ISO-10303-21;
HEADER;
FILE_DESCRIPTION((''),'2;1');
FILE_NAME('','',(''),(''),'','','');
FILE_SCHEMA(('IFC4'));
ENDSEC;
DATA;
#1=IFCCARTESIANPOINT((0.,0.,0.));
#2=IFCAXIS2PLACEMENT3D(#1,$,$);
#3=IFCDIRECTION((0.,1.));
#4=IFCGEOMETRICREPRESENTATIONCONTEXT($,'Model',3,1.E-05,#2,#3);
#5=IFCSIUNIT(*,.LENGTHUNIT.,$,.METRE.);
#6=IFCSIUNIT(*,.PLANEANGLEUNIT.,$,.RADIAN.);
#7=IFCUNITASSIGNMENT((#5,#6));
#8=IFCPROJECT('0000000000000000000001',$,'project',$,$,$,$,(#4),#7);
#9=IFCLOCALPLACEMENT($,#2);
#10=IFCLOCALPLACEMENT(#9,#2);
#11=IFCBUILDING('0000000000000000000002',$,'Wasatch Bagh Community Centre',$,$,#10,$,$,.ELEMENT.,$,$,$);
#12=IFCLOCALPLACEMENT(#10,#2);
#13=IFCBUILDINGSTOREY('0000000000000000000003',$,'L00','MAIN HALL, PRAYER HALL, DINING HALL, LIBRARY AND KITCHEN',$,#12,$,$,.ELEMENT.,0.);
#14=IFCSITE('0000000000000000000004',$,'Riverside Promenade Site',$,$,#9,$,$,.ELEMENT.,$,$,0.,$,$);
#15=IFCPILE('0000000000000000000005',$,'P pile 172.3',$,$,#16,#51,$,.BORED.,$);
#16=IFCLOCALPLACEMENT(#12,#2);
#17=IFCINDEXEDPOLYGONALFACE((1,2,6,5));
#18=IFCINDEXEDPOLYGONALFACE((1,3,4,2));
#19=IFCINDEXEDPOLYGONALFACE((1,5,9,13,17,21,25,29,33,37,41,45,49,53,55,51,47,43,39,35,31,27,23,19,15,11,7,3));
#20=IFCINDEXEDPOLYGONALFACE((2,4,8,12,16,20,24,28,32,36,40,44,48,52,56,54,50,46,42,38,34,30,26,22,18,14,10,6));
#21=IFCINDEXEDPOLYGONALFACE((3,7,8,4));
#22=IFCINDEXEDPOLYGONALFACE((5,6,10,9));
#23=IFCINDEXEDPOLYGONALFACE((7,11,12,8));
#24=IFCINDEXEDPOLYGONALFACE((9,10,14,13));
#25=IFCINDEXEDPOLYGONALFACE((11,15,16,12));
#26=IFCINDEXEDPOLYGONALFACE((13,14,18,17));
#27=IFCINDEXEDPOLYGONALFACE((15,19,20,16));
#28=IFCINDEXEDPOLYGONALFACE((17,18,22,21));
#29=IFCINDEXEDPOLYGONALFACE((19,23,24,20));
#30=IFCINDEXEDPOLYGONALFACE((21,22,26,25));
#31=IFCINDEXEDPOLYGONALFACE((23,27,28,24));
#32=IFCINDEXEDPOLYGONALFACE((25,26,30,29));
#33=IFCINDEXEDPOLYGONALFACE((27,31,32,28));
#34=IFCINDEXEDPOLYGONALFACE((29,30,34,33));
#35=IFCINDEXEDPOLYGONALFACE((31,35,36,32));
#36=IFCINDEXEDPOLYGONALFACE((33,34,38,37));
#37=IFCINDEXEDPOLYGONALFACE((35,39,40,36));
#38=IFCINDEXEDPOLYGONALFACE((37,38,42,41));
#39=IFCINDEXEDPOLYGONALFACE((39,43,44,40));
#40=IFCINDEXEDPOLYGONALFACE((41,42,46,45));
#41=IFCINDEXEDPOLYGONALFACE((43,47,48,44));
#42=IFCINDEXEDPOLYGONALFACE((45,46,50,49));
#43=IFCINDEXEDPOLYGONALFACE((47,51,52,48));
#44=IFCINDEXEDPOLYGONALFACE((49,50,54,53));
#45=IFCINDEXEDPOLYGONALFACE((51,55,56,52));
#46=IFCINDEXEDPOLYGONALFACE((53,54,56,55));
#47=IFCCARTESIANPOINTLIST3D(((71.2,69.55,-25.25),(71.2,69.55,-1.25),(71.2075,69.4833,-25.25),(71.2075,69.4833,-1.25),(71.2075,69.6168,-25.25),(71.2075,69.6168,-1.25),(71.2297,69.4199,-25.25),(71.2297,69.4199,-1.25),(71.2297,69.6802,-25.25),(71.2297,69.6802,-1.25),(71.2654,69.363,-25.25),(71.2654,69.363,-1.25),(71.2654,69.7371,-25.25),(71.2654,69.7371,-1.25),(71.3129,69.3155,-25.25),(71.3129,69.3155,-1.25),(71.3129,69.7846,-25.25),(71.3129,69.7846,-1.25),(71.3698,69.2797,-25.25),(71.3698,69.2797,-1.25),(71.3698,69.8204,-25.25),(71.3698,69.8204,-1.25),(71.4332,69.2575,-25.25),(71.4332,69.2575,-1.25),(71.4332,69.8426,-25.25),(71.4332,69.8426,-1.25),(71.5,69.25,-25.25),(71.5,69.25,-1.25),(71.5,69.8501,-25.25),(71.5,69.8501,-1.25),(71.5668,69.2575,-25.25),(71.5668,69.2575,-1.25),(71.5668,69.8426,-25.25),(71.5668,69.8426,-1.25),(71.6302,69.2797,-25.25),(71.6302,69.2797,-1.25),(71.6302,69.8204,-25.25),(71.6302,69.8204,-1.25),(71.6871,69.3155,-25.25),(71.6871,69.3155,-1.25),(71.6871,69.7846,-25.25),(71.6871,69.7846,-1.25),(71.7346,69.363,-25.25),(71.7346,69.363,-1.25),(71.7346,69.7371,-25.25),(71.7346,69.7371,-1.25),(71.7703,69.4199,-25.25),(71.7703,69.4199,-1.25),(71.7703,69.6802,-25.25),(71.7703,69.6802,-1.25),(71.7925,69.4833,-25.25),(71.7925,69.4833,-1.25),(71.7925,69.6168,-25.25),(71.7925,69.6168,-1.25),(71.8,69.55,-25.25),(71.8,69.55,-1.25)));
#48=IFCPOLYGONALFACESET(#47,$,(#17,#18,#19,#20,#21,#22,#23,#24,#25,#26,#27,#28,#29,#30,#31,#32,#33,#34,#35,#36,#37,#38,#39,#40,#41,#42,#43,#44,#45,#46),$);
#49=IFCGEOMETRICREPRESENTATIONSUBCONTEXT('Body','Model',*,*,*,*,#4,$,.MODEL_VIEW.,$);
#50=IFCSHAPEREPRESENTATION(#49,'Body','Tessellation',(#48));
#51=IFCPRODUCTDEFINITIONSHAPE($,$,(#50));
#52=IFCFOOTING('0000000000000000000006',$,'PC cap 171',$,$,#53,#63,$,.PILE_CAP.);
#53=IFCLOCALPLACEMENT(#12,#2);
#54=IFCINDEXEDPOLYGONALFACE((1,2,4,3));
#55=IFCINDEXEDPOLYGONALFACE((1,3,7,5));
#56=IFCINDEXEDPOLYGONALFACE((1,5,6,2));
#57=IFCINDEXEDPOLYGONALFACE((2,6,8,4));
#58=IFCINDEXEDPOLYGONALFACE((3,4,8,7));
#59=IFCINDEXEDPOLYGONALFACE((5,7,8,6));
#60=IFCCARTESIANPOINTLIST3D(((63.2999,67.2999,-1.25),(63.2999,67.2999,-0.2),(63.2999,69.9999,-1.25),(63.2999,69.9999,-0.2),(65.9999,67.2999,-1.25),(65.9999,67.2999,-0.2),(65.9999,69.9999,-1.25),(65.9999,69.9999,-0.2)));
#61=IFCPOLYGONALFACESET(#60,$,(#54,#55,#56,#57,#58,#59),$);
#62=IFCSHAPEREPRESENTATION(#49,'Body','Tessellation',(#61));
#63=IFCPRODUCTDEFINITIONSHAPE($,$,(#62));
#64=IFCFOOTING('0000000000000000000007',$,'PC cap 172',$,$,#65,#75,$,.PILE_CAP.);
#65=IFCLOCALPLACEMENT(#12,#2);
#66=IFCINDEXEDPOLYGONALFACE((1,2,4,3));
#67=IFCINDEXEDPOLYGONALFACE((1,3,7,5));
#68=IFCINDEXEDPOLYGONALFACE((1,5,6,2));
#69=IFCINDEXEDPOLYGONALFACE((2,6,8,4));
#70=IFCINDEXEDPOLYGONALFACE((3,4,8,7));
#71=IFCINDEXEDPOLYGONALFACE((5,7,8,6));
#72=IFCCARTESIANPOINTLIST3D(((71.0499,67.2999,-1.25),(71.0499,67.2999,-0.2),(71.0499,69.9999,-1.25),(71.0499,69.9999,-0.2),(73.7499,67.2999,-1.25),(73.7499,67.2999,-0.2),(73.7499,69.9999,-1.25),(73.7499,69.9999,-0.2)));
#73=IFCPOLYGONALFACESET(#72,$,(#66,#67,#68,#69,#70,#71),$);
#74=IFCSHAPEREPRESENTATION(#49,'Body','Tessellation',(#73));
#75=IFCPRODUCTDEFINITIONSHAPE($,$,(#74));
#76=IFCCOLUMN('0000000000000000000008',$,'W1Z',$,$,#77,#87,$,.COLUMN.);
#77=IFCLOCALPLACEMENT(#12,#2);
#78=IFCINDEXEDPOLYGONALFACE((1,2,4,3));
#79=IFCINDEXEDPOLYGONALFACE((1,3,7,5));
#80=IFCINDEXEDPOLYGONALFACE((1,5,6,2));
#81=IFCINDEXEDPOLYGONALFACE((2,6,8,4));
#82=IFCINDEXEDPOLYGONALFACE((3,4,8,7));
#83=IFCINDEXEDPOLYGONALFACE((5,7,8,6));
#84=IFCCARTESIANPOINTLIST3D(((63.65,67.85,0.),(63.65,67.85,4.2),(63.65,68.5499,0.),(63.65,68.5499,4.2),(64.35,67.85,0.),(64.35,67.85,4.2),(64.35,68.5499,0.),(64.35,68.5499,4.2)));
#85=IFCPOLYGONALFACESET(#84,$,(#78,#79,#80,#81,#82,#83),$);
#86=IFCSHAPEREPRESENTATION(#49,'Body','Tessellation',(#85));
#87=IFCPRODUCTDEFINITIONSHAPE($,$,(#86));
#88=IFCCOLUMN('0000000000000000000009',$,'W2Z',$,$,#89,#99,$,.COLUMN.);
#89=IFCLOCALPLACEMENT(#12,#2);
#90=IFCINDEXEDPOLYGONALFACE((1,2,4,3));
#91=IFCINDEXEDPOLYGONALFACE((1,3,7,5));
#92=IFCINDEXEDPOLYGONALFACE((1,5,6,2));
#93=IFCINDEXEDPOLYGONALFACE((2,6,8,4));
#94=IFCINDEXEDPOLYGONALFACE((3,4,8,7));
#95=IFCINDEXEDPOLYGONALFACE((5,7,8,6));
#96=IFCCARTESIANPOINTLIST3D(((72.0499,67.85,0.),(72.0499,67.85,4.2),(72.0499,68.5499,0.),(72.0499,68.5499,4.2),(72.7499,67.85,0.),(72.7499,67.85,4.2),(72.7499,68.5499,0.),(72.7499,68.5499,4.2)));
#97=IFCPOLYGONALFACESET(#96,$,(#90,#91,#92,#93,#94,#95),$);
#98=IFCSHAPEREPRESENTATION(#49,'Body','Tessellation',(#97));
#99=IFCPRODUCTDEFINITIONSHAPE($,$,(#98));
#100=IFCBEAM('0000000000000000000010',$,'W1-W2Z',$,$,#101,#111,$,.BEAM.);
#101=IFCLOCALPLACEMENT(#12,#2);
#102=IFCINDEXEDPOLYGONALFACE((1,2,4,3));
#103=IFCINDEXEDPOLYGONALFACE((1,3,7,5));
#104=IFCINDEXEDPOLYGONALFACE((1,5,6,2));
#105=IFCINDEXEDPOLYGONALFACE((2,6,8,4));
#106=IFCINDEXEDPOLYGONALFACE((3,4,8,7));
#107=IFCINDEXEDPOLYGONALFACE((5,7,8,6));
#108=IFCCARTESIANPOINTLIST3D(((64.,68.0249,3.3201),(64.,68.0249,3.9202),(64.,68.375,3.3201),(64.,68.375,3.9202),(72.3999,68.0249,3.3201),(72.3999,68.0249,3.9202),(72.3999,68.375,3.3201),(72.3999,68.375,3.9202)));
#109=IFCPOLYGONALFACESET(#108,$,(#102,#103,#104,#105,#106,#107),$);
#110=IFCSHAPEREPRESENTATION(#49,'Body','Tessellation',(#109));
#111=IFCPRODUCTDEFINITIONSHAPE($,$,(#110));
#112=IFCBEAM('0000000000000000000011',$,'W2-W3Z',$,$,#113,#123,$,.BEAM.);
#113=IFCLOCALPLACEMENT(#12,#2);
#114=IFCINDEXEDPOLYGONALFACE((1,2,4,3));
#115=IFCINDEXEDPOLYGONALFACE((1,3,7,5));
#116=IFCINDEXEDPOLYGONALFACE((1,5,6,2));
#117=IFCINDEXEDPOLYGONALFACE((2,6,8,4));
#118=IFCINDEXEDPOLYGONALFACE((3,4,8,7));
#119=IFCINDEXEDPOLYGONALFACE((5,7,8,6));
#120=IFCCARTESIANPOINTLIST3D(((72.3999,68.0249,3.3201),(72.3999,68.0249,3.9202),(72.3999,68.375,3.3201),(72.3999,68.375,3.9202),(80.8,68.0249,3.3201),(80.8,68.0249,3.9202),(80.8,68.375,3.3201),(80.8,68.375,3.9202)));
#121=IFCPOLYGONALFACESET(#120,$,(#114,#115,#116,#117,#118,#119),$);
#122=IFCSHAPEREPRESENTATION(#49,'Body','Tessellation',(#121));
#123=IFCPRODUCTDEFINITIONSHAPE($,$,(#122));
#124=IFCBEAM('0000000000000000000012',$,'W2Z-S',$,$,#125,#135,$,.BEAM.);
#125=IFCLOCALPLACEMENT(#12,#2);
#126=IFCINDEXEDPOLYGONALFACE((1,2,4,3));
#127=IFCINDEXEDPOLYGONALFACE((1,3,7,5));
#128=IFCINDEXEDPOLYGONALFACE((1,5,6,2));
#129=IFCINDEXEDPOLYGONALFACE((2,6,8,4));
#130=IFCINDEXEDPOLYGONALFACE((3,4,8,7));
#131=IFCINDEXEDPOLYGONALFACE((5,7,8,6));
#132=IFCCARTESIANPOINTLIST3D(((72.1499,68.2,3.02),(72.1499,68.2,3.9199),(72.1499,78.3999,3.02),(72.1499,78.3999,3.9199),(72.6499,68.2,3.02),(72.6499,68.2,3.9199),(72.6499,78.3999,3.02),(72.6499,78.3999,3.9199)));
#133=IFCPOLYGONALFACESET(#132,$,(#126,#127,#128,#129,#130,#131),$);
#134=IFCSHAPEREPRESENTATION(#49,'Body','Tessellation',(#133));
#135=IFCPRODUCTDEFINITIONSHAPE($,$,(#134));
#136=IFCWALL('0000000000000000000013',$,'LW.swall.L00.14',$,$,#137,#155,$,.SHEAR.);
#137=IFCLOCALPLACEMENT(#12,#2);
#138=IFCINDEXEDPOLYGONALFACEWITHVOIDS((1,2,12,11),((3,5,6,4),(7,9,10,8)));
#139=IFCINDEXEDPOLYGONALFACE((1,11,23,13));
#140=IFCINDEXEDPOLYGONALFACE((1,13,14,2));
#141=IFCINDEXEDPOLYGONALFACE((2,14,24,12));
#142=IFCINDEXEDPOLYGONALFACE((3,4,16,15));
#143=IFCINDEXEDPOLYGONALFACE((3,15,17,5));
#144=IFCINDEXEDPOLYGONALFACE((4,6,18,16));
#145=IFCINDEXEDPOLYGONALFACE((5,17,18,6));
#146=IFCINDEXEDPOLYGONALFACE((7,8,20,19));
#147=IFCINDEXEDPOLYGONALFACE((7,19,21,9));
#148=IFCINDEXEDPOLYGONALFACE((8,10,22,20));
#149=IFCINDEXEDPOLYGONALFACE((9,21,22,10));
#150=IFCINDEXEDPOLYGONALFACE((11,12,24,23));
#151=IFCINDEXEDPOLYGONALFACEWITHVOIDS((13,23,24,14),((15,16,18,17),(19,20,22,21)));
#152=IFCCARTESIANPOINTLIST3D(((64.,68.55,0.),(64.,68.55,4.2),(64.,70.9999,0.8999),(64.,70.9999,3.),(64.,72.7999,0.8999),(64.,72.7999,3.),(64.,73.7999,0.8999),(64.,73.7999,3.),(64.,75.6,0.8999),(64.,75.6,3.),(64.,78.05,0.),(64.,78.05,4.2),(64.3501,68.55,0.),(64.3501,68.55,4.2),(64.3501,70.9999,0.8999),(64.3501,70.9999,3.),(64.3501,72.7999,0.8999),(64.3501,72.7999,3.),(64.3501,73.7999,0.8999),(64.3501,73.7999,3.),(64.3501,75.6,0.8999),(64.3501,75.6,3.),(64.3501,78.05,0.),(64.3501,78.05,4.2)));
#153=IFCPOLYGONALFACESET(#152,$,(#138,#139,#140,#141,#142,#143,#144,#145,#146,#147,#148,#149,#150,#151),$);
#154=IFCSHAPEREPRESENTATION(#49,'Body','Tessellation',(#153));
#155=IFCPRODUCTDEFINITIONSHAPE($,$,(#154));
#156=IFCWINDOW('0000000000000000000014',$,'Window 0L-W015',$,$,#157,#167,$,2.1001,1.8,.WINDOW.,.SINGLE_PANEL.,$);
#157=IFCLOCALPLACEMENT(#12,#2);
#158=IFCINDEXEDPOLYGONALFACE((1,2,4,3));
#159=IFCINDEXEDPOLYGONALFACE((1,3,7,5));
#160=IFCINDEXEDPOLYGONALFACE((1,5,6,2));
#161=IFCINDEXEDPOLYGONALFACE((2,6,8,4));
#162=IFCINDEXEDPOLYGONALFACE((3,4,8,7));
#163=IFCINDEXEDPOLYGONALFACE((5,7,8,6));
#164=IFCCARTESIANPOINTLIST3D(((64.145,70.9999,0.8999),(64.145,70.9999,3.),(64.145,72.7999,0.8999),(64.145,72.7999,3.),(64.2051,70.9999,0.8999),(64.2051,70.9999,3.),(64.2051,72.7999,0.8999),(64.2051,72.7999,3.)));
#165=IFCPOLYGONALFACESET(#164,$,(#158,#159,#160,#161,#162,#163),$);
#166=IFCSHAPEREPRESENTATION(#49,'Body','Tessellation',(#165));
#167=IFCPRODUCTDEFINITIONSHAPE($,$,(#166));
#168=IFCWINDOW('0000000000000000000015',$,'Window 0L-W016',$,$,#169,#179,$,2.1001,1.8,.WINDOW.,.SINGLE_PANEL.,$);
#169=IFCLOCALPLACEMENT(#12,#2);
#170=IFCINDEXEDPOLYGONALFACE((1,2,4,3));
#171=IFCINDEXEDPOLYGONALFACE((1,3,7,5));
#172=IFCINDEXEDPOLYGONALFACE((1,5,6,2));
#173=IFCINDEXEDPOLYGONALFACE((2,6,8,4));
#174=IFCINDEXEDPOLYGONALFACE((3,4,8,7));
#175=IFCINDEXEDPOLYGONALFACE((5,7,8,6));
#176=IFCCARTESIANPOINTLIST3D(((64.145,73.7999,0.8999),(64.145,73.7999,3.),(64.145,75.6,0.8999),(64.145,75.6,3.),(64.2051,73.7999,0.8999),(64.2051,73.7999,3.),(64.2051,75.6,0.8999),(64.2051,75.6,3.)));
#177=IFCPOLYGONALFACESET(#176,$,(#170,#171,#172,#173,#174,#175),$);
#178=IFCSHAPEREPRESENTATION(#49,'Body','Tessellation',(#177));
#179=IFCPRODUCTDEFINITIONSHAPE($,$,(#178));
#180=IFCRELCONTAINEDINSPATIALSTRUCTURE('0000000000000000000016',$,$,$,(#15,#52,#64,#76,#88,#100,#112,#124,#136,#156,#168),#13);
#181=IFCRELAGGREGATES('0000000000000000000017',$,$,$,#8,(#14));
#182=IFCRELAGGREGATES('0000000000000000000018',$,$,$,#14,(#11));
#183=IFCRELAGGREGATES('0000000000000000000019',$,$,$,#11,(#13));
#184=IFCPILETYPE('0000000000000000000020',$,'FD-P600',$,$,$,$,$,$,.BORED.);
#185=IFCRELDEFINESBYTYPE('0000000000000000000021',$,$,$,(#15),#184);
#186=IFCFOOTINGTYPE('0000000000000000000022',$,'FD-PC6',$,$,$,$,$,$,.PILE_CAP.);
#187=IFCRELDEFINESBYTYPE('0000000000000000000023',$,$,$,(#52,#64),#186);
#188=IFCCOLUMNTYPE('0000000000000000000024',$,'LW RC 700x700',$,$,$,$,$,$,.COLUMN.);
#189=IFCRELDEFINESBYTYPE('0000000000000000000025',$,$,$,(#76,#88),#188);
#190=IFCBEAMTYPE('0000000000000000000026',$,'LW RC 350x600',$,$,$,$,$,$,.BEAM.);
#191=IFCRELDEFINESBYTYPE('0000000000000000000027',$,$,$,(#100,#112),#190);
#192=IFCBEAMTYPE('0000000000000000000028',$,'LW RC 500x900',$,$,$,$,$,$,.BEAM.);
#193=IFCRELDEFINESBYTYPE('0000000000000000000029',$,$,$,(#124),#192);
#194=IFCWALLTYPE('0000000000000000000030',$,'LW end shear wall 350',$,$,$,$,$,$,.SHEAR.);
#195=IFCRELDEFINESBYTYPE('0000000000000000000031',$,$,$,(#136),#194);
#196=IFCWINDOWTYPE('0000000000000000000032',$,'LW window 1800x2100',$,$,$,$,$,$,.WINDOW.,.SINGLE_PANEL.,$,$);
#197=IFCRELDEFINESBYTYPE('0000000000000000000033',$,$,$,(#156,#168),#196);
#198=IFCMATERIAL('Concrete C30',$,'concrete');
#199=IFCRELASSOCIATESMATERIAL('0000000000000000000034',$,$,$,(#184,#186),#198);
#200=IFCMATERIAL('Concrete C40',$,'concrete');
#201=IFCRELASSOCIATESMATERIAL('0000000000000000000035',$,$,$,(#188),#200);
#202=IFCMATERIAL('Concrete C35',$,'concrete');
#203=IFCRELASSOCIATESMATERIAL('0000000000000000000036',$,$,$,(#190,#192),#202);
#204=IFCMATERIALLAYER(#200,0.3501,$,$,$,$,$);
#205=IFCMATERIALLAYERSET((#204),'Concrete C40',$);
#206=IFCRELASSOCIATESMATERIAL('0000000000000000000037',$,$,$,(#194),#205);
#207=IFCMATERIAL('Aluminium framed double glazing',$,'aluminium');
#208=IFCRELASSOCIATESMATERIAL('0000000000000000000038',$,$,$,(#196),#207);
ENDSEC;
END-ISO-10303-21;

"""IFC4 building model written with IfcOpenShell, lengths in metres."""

from ifc_helpers import new_model, si_unit, direction, frame, frame_2d, origin, origin_2d, place, context, subcontext, project, spatial, rectangle, circle, extrude, material, layer, layer_set, material_profile, profile_set, type_object, element, fill, save


model = new_model("IFC4")

# Units and contexts
model_context = context("Model", 3, precision=1e-05, world=origin(), true_north=direction((0.0, 1.0)))
body_context = subcontext(model_context, "Body", "Model", "MODEL_VIEW")
ifc_project = project(units=[si_unit("LENGTHUNIT", "METRE"), si_unit("PLANEANGLEUNIT", "RADIAN")], contexts=[model_context])

# Site, building, storey
site_placement = place(None, origin())
site = spatial("IfcSite", under=ifc_project, at=site_placement, Name="Riverside Promenade Site", CompositionType="ELEMENT", RefElevation=0.0)
building_placement = place(site_placement, origin())
building = spatial("IfcBuilding", under=site, at=building_placement, Name="Wasatch Bagh Community Centre", CompositionType="ELEMENT")
storey_placement = place(building_placement, origin())
storey = spatial("IfcBuildingStorey", under=building, at=storey_placement, Name="L00", Description="MAIN HALL, PRAYER HALL, DINING HALL, LIBRARY AND KITCHEN", CompositionType="ELEMENT", Elevation=0.0)

# Shared definitions
ifc_material_1 = material(Name="Concrete C35", Category="concrete")

# Pile
ifc_material_2 = material(Name="Concrete C30", Category="concrete")
ifc_material_profile_1 = material_profile(ifc_material_2, circle(Radius=0.3, at=origin_2d()), Name="RC D600")
ifc_profile_set_1 = profile_set([ifc_material_profile_1], Name="Concrete C30")
pile_type = type_object("IfcPileType", Name="FD-P600", PredefinedType="BORED", material=ifc_profile_set_1)
for number, where, z_axis, x_axis, name in (
    (1, (71.5, 69.55, -1.25), (0.0, 0.0, -1.0), (1.0, 0.0, 0.0), "P pile 172.3"),
):
    element("IfcPile", number, at=place(storey_placement, frame(where, z_axis=z_axis, x_axis=x_axis)), inside=storey, type_object=pile_type, Name=name, PredefinedType="BORED", context=body_context, shape_type="SweptSolid", body=[
        extrude(circle(Radius=0.3, at=origin_2d()), origin(), (0.0, 0.0, 1.0), 24.0),
    ])

# Footings
footing_type_1 = type_object("IfcFootingType", Name="FD-PC6", PredefinedType="PILE_CAP", material=ifc_material_2)
for number, where, z_axis, x_axis, name in (
    (2, (64.6499, 68.6499, -1.25), (0.0, 0.0, 1.0), (1.0, 0.0, 0.0), "PC cap 171"),
    (3, (72.3999, 68.6499, -1.25), (0.0, 0.0, 1.0), (1.0, 0.0, 0.0), "PC cap 172"),
):
    element("IfcFooting", number, at=place(storey_placement, frame(where, z_axis=z_axis, x_axis=x_axis)), inside=storey, type_object=footing_type_1, Name=name, PredefinedType="PILE_CAP", context=body_context, shape_type="SweptSolid", body=[
        extrude(rectangle(XDim=2.7, YDim=2.7, at=origin_2d()), origin(), (0.0, 0.0, 1.0), 1.05),
    ])

# Columns
ifc_material_3 = material(Name="Concrete C40", Category="concrete")
ifc_material_profile_2 = material_profile(ifc_material_3, rectangle(XDim=0.7, YDim=0.7, at=origin_2d()), Name="RC 700x700")
ifc_profile_set_2 = profile_set([ifc_material_profile_2], Name="Concrete C40")
column_type = type_object("IfcColumnType", Name="LW RC 700x700", PredefinedType="COLUMN", material=ifc_profile_set_2)
for number, where, z_axis, x_axis, name in (
    (4, (64.0, 68.2, 0.0), (0.0, 0.0, 1.0), (1.0, 0.0, 0.0), "W1Z"),
    (5, (72.3999, 68.2, 0.0), (0.0, 0.0, 1.0), (1.0, 0.0, 0.0), "W2Z"),
):
    element("IfcColumn", number, at=place(storey_placement, frame(where, z_axis=z_axis, x_axis=x_axis)), inside=storey, type_object=column_type, Name=name, PredefinedType="COLUMN", context=body_context, shape_type="SweptSolid", body=[
        extrude(rectangle(XDim=0.7, YDim=0.7, at=origin_2d()), origin(), (0.0, 0.0, 1.0), 4.2),
    ])

# Beams
ifc_material_profile_3 = material_profile(ifc_material_1, rectangle(XDim=0.3501, YDim=0.6001, at=origin_2d()), Name="RC 350x600")
ifc_profile_set_3 = profile_set([ifc_material_profile_3], Name="Concrete C35")
beam_type_1 = type_object("IfcBeamType", Name="LW RC 350x600", PredefinedType="BEAM", material=ifc_profile_set_3)
beam_1_placement = place(storey_placement, frame((64.0, 68.2, 3.6201), z_axis=(1.0, 0.0, 0.0), x_axis=(0.0, 1.0, 0.0)))
element("IfcBeam", 6, at=beam_1_placement, inside=storey, type_object=beam_type_1, Name="W1-W2Z", PredefinedType="BEAM", context=body_context, shape_type="SweptSolid", body=[
    extrude(rectangle(XDim=0.3501, YDim=0.6001, at=origin_2d()), origin(), (0.0, 0.0, 1.0), 8.3999),
])
beam_2_placement = place(storey_placement, frame((72.3999, 68.2, 3.6201), z_axis=(1.0, 0.0, 0.0), x_axis=(0.0, 1.0, 0.0)))
element("IfcBeam", 7, at=beam_2_placement, inside=storey, type_object=beam_type_1, Name="W2-W3Z", PredefinedType="BEAM", context=body_context, shape_type="SweptSolid", body=[
    extrude(rectangle(XDim=0.3501, YDim=0.6001, at=origin_2d()), origin(), (0.0, 0.0, 1.0), 8.4001),
])
ifc_material_profile_4 = material_profile(ifc_material_1, rectangle(XDim=0.5, YDim=0.8999, at=origin_2d()), Name="RC 500x900")
ifc_profile_set_4 = profile_set([ifc_material_profile_4], Name="Concrete C35")
beam_type_2 = type_object("IfcBeamType", Name="LW RC 500x900", PredefinedType="BEAM", material=ifc_profile_set_4)
beam_3_placement = place(storey_placement, frame((72.3999, 68.2, 3.47), z_axis=(0.0, 1.0, 0.0), x_axis=(-1.0, 0.0, 0.0)))
element("IfcBeam", 8, at=beam_3_placement, inside=storey, type_object=beam_type_2, Name="W2Z-S", PredefinedType="BEAM", context=body_context, shape_type="SweptSolid", body=[
    extrude(rectangle(XDim=0.5, YDim=0.8999, at=origin_2d()), origin(), (0.0, 0.0, 1.0), 10.2),
])

# Wall, openings, windows
ifc_layer_1 = layer(ifc_material_3, 0.3501)
ifc_layer_set_1 = layer_set([ifc_layer_1], Name="Concrete C40")
wall_type_1 = type_object("IfcWallType", Name="LW end shear wall 350", PredefinedType="SHEAR", material=ifc_layer_set_1)
wall_1_placement = place(storey_placement, frame((64.175, 68.55, 0.0), z_axis=(0.0, 0.0, 1.0), x_axis=(0.0, 1.0, 0.0)))
wall_1 = element("IfcWall", 9, at=wall_1_placement, inside=storey, type_object=wall_type_1, Name="LW.swall.L00.14", PredefinedType="SHEAR", context=body_context, shape_type="SweptSolid", body=[
    extrude(rectangle(XDim=9.5, YDim=0.3501, at=frame_2d((4.75, 0.0))), origin(), (0.0, 0.0, 1.0), 4.2),
])
opening_1_placement = place(wall_1_placement, frame((2.45, 0.0, 0.8999)))
opening_1 = element("IfcOpeningElement", 10, at=opening_1_placement, cuts=wall_1, PredefinedType="OPENING", context=body_context, shape_type="SweptSolid", body=[
    extrude(rectangle(XDim=1.8, YDim=2.1001, at=frame_2d((0.8999, 1.05))), frame((0.0, 0.1851, 0.0), z_axis=(0.0, -1.0, 0.0), x_axis=(1.0, 0.0, 0.0)), (0.0, 0.0, 1.0), 0.3701),
])
opening_2_placement = place(wall_1_placement, frame((5.25, 0.0, 0.8999)))
opening_2 = element("IfcOpeningElement", 11, at=opening_2_placement, cuts=wall_1, PredefinedType="OPENING", context=body_context, shape_type="SweptSolid", body=[
    extrude(rectangle(XDim=1.8, YDim=2.1001, at=frame_2d((0.8999, 1.05))), frame((0.0, 0.1851, 0.0), z_axis=(0.0, -1.0, 0.0), x_axis=(1.0, 0.0, 0.0)), (0.0, 0.0, 1.0), 0.3701),
])
ifc_material_4 = material(Name="Aluminium framed double glazing", Category="aluminium")
window_type_1 = type_object("IfcWindowType", Name="LW window 1800x2100", PartitioningType="SINGLE_PANEL", PredefinedType="WINDOW", material=ifc_material_4)
window_1_placement = place(opening_1_placement, origin())
window_1 = element("IfcWindow", 12, at=window_1_placement, inside=storey, type_object=window_type_1, Name="Window 0L-W015", OverallHeight=2.1001, OverallWidth=1.8, PartitioningType="SINGLE_PANEL", PredefinedType="WINDOW", context=body_context, shape_type="SweptSolid", body=[
    extrude(rectangle(XDim=1.8, YDim=2.1001, at=frame_2d((0.8999, 1.05))), frame((0.0, 0.03, 0.0), z_axis=(0.0, -1.0, 0.0), x_axis=(1.0, 0.0, 0.0)), (0.0, 0.0, 1.0), 0.0601),
])
fill(opening_1, window_1)
window_2_placement = place(opening_2_placement, origin())
window_2 = element("IfcWindow", 13, at=window_2_placement, inside=storey, type_object=window_type_1, Name="Window 0L-W016", OverallHeight=2.1001, OverallWidth=1.8, PartitioningType="SINGLE_PANEL", PredefinedType="WINDOW", context=body_context, shape_type="SweptSolid", body=[
    extrude(rectangle(XDim=1.8, YDim=2.1001, at=frame_2d((0.8999, 1.05))), frame((0.0, 0.03, 0.0), z_axis=(0.0, -1.0, 0.0), x_axis=(1.0, 0.0, 0.0)), (0.0, 0.0, 1.0), 0.0601),
])
fill(opening_2, window_2)

save(model, "model.ifc")
